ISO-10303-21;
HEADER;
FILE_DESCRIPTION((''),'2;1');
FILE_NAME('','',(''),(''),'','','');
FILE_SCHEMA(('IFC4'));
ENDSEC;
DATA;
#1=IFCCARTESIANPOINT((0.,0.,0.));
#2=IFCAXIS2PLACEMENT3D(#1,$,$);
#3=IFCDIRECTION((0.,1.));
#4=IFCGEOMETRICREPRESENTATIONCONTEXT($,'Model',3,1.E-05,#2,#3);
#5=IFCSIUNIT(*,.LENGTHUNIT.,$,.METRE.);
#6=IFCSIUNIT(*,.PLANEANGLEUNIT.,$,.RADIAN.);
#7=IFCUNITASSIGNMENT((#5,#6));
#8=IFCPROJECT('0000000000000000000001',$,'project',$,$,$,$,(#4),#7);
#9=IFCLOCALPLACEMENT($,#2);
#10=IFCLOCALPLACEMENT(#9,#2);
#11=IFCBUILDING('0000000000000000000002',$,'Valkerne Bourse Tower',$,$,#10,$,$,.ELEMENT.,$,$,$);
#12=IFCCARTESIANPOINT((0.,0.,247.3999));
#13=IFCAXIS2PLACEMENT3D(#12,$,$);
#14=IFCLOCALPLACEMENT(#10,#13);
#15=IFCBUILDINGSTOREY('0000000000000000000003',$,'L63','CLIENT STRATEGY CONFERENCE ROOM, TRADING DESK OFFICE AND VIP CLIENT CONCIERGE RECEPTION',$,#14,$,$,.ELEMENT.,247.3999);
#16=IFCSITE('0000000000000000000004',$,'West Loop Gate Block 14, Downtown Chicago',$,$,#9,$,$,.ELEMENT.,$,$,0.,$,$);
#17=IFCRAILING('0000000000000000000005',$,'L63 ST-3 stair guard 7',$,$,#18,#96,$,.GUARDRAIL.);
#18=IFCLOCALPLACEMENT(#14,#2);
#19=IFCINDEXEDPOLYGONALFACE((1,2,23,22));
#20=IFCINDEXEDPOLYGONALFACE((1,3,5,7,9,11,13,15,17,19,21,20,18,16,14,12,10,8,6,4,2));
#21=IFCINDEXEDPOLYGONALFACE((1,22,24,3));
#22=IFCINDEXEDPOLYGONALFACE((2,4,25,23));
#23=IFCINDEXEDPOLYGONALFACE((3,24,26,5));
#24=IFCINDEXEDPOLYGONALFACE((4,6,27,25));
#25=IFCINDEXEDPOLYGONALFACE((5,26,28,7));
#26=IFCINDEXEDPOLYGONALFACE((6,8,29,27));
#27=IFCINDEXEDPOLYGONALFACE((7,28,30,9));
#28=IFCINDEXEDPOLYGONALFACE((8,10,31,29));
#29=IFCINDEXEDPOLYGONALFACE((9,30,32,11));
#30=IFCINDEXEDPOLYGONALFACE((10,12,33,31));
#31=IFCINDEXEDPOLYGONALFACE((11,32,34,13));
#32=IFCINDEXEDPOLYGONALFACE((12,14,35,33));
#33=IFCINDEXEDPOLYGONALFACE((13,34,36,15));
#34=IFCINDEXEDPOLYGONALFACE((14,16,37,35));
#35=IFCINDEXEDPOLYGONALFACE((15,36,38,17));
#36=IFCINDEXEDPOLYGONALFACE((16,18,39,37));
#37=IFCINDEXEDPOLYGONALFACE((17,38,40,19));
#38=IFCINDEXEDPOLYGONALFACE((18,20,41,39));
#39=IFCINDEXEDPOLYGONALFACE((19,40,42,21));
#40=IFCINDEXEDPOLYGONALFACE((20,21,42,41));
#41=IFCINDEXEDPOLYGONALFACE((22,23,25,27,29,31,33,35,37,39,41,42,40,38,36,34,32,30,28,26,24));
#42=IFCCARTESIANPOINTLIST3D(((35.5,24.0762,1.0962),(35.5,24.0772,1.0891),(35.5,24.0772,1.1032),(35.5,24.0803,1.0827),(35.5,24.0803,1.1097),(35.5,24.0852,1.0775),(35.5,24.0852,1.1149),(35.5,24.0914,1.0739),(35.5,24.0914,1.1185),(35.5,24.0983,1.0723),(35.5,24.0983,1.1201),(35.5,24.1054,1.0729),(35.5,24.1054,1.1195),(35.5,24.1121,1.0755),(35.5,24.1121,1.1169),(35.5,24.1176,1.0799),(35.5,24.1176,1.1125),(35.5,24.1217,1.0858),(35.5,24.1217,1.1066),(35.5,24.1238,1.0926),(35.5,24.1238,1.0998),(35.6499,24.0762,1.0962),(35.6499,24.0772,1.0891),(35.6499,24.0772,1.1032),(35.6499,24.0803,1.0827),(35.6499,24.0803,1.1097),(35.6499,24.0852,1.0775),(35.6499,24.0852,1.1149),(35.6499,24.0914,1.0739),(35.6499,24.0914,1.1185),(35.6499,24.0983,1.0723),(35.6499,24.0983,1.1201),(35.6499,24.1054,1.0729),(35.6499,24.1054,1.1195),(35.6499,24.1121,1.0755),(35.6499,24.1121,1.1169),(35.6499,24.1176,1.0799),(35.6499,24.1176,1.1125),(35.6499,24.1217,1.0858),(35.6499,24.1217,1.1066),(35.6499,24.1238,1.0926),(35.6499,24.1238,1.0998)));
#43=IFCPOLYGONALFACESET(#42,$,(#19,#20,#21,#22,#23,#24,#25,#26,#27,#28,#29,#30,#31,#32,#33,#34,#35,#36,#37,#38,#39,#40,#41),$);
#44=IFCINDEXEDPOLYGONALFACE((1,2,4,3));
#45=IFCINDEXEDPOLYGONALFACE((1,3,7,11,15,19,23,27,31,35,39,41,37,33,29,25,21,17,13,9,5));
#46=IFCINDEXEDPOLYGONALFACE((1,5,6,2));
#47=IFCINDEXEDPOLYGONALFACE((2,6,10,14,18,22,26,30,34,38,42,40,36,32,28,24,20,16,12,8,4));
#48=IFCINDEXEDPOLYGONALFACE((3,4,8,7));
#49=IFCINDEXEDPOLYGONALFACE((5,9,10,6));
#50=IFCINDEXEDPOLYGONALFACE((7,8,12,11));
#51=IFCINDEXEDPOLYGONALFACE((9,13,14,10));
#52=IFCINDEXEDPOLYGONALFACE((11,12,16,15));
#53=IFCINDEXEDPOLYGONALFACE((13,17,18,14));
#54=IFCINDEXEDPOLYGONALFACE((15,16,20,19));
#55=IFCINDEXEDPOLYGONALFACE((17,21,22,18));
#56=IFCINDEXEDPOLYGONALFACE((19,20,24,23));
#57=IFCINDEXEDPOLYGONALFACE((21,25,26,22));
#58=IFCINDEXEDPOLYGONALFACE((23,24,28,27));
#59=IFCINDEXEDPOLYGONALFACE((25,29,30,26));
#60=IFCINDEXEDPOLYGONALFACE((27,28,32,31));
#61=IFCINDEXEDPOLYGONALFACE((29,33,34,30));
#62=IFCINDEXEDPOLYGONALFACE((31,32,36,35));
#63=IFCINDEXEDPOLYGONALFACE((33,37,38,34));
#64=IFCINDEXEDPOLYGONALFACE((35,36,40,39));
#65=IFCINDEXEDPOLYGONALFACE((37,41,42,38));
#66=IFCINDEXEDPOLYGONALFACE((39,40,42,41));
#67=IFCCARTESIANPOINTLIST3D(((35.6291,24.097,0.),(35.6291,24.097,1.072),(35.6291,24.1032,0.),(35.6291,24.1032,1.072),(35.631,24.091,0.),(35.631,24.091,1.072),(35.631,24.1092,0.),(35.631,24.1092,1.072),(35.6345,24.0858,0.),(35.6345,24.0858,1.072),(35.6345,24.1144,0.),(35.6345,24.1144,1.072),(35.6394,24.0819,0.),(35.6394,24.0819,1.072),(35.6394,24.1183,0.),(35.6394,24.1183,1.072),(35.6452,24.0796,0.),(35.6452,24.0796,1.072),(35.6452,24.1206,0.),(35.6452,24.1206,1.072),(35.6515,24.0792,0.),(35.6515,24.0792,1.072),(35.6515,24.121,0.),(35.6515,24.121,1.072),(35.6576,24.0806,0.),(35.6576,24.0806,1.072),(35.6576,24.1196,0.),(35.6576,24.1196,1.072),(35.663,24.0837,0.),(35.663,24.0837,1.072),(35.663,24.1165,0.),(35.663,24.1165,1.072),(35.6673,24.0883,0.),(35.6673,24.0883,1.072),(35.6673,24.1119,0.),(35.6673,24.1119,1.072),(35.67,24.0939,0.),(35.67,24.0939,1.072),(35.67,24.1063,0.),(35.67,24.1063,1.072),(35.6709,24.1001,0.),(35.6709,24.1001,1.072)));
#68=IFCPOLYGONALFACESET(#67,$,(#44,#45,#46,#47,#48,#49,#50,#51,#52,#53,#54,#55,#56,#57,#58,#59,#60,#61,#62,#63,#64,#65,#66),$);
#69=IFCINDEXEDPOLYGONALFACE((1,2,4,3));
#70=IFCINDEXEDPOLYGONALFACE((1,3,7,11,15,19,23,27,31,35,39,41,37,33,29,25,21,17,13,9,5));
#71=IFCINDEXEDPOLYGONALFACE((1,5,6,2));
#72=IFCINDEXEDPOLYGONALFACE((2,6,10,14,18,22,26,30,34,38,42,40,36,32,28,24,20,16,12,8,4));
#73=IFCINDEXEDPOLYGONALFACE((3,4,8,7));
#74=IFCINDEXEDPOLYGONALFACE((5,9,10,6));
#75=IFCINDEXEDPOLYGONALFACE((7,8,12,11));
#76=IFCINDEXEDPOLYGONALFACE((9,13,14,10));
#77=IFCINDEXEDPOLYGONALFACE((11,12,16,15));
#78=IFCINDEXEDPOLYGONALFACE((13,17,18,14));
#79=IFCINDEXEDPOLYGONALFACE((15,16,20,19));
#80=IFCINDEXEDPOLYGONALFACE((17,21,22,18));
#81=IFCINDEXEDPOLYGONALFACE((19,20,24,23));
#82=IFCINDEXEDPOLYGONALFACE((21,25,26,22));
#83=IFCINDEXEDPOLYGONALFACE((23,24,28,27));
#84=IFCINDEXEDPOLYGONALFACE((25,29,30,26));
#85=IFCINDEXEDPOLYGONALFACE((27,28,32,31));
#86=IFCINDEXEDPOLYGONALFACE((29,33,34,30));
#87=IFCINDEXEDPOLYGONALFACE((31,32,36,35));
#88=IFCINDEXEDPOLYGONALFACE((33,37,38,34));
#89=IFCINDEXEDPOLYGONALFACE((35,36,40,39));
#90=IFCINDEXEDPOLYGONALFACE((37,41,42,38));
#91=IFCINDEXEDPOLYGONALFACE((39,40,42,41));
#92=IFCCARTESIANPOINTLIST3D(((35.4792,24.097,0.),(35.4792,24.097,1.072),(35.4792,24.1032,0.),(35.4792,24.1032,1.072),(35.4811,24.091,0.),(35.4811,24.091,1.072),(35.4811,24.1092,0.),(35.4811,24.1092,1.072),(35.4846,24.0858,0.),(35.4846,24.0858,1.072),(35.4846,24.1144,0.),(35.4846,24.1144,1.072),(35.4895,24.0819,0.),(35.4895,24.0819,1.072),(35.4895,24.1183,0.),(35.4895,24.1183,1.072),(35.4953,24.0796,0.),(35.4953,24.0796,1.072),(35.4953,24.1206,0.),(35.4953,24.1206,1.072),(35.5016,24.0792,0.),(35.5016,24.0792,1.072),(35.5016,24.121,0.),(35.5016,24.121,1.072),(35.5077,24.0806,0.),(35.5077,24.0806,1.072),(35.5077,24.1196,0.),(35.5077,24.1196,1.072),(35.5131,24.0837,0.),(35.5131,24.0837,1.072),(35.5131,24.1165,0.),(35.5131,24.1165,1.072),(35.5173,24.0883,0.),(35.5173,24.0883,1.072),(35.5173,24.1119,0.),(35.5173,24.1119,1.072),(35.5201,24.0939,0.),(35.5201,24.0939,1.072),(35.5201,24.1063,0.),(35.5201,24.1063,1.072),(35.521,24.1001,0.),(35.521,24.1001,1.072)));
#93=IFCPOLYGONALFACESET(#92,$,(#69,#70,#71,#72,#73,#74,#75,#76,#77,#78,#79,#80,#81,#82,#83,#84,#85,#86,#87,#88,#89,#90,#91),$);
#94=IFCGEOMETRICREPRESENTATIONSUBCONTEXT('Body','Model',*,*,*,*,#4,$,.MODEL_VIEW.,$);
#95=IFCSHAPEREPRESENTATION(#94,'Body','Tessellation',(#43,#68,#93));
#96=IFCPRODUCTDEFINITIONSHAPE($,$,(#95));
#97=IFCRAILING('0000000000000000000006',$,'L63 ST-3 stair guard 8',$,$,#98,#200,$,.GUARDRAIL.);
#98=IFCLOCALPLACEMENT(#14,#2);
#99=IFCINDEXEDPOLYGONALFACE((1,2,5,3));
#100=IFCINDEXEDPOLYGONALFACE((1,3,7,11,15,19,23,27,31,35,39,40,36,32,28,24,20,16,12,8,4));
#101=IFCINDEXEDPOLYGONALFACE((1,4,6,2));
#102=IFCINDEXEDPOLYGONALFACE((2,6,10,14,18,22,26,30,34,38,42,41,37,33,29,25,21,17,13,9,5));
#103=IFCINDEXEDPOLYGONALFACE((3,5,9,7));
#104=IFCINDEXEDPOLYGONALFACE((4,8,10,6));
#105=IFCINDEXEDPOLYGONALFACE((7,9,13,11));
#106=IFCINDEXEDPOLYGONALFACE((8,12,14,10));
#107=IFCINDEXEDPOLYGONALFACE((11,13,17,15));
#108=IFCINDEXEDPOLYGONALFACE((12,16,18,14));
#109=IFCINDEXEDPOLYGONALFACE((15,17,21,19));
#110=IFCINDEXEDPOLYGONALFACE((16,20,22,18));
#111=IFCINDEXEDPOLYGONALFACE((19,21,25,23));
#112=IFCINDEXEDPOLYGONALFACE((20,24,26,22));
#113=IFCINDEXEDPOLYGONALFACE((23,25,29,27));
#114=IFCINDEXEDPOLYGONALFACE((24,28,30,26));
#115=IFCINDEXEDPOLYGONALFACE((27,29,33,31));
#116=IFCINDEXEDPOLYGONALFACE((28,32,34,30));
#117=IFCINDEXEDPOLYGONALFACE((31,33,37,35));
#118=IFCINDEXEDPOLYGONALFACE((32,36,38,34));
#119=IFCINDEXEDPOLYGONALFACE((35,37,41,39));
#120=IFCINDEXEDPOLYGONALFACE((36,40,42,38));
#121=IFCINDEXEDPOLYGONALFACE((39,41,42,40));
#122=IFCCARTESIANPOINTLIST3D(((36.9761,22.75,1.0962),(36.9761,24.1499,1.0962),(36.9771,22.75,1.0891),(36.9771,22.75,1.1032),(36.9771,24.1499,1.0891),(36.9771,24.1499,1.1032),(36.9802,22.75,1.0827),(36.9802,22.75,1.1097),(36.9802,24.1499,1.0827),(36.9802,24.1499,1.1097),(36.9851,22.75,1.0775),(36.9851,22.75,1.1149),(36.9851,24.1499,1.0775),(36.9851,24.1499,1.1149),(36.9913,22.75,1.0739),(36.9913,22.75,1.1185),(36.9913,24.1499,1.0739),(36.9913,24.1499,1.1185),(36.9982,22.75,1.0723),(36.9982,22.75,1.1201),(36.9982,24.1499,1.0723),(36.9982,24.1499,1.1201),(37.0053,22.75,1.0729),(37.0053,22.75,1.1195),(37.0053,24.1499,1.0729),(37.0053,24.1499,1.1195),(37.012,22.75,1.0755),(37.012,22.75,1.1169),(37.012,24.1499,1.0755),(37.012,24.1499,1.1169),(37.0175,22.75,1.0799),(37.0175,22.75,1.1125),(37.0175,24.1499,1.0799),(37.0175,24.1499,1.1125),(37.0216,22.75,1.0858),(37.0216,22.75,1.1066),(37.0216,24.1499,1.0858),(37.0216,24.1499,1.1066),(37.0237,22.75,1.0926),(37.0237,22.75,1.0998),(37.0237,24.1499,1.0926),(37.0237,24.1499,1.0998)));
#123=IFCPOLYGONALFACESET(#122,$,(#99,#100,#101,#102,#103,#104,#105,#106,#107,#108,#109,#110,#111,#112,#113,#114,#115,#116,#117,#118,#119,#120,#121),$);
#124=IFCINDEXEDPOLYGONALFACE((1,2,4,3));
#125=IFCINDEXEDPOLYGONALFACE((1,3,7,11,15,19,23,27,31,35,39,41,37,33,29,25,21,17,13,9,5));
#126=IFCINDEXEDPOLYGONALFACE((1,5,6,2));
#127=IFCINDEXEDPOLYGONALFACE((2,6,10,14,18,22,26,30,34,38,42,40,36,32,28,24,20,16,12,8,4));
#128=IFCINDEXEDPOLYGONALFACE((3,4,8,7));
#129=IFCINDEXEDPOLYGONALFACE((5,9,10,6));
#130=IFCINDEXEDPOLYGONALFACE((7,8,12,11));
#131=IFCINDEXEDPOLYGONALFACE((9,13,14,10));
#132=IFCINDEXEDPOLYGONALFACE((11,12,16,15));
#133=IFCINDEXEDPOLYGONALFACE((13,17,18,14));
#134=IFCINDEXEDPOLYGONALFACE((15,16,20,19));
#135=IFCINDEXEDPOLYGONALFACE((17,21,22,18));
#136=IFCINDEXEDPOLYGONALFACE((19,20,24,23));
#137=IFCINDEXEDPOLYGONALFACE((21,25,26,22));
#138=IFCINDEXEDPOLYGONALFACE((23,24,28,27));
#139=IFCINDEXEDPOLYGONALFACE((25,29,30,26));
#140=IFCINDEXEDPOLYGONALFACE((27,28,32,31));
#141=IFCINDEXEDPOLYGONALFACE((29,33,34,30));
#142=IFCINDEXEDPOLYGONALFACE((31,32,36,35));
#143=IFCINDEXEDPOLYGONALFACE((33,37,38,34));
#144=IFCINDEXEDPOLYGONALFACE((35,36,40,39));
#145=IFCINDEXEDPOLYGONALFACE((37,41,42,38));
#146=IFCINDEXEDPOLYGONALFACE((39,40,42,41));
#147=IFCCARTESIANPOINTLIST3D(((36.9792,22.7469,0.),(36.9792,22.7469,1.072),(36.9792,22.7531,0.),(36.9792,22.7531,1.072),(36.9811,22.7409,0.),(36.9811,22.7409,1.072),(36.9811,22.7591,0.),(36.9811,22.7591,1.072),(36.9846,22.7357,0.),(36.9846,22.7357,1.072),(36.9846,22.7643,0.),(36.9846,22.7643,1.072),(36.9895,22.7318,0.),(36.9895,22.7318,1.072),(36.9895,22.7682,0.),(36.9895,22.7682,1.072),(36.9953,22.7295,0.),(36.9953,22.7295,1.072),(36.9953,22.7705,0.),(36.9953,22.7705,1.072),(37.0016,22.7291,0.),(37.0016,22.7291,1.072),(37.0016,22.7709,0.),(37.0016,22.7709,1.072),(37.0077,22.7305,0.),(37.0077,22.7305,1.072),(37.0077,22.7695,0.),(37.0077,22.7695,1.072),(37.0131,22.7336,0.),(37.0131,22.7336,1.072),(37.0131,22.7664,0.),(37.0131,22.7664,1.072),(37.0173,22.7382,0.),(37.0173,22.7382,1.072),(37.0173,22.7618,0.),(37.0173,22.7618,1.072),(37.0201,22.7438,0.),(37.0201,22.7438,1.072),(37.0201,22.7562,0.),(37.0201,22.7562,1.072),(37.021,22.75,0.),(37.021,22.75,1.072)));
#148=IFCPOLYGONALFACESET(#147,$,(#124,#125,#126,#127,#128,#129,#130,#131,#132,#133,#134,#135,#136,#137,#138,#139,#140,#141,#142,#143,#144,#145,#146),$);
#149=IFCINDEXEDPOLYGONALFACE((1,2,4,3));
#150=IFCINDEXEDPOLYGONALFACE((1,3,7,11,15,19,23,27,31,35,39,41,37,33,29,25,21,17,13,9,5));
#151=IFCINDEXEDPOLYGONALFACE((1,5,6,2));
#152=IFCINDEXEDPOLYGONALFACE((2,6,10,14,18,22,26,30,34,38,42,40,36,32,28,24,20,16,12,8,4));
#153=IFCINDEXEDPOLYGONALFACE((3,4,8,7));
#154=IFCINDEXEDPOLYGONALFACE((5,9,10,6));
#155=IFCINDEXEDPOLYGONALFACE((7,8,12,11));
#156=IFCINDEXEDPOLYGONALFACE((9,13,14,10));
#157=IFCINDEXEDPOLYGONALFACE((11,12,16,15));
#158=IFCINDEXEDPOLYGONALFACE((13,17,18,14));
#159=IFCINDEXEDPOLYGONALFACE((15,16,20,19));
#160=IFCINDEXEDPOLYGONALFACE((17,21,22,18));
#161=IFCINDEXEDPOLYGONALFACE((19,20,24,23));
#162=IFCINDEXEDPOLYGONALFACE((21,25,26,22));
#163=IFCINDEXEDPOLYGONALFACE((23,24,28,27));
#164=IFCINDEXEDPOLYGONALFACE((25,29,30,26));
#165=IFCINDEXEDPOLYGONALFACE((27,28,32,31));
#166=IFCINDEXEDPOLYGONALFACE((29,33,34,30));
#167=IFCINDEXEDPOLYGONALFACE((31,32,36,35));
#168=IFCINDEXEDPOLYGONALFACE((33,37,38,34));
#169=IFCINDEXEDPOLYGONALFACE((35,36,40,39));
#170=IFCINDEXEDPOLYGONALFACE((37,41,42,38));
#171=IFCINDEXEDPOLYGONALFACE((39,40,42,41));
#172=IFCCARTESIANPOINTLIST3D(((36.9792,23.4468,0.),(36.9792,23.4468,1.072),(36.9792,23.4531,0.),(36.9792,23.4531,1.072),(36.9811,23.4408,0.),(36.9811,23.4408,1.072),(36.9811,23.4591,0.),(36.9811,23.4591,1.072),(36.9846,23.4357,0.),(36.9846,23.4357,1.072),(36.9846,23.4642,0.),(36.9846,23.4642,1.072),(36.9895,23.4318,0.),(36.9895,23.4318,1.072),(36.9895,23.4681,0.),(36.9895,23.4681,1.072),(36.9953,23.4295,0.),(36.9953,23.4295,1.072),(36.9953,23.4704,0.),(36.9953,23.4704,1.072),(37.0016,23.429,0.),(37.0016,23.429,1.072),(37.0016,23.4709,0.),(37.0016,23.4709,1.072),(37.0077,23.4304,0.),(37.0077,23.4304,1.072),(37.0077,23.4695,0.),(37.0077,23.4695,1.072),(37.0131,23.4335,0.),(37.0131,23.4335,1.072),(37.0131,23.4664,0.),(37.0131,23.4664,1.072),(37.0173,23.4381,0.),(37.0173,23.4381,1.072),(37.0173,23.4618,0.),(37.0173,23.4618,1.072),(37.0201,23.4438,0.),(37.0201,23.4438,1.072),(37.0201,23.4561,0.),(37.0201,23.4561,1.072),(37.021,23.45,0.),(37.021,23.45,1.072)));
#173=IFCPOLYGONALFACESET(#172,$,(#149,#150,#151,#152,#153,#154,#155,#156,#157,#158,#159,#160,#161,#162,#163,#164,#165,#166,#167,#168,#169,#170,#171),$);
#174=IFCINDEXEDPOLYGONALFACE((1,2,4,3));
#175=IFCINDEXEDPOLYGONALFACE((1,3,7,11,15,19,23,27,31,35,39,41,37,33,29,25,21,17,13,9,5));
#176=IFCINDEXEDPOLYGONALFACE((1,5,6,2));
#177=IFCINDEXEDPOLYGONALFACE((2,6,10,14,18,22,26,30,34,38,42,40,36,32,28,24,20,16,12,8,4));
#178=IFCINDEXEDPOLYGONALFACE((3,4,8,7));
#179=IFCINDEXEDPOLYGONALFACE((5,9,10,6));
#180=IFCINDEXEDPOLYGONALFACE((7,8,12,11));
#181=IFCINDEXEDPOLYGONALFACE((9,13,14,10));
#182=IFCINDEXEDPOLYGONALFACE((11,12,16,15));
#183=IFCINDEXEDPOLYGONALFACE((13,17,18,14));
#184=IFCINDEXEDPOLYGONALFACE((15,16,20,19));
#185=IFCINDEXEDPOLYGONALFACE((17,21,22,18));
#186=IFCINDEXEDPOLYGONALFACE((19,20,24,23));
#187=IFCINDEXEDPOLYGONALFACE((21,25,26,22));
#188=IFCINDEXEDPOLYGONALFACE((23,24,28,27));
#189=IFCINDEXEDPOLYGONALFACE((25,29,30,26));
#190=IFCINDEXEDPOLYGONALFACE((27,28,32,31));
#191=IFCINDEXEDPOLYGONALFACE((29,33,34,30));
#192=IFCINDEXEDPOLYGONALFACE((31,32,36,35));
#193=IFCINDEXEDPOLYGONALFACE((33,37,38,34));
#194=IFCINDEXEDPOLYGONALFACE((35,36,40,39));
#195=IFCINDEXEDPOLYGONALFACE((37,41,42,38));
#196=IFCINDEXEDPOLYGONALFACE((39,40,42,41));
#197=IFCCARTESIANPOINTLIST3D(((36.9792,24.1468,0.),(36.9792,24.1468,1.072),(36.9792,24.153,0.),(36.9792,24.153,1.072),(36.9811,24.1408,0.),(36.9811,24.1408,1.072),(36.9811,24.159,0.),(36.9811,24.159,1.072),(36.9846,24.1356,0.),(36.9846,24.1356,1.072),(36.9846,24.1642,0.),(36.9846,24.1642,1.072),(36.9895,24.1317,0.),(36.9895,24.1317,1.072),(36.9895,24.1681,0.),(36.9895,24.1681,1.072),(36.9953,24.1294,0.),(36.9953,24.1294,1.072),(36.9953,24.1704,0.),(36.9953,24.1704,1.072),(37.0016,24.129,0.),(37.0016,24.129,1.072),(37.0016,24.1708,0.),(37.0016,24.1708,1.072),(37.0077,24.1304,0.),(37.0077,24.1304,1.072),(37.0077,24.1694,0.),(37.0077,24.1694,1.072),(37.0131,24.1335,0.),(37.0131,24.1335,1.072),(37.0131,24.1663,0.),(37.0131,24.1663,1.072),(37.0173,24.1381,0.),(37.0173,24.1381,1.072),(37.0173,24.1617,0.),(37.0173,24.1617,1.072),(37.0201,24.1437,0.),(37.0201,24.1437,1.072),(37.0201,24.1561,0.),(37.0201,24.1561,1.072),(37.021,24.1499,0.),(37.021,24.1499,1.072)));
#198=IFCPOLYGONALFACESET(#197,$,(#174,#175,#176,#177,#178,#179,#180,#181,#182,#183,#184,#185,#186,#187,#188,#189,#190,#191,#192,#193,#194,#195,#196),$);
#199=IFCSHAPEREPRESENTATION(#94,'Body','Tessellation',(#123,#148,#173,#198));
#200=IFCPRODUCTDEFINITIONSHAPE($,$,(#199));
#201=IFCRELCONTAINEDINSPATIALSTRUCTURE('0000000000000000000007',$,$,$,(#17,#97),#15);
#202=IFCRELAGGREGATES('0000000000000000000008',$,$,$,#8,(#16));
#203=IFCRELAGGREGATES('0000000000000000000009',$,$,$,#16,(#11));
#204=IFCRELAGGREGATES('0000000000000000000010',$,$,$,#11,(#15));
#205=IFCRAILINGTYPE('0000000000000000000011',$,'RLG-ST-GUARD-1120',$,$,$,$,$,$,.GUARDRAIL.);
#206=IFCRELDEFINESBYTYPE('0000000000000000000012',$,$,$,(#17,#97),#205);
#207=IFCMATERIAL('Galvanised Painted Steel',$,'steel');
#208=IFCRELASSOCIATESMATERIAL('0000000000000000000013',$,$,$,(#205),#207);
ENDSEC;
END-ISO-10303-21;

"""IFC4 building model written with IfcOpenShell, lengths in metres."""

from ifc_helpers import new_model, si_unit, direction, frame, origin, origin_2d, place, context, subcontext, project, spatial, circle, extrude, material, type_object, element, save


model = new_model("IFC4")

# Units and contexts
model_context = context("Model", 3, precision=1e-05, world=origin(), true_north=direction((0.0, 1.0)))
body_context = subcontext(model_context, "Body", "Model", "MODEL_VIEW")
ifc_project = project(units=[si_unit("LENGTHUNIT", "METRE"), si_unit("PLANEANGLEUNIT", "RADIAN")], contexts=[model_context])

# Site, building, storey
site_placement = place(None, origin())
site = spatial("IfcSite", under=ifc_project, at=site_placement, Name="West Loop Gate Block 14, Downtown Chicago", CompositionType="ELEMENT", RefElevation=0.0)
building_placement = place(site_placement, origin())
building = spatial("IfcBuilding", under=site, at=building_placement, Name="Valkerne Bourse Tower", CompositionType="ELEMENT")
storey_placement = place(building_placement, frame((0.0, 0.0, 247.3999)))
storey = spatial("IfcBuildingStorey", under=building, at=storey_placement, Name="L63", Description="CLIENT STRATEGY CONFERENCE ROOM, TRADING DESK OFFICE AND VIP CLIENT CONCIERGE RECEPTION", CompositionType="ELEMENT", Elevation=247.3999)

# Railings
ifc_material_1 = material(Name="Galvanised Painted Steel", Category="steel")
railing_type_1 = type_object("IfcRailingType", Name="RLG-ST-GUARD-1120", PredefinedType="GUARDRAIL", material=ifc_material_1)
railing_1_placement = place(storey_placement, frame((35.6499, 24.1001, 0.0)))
element("IfcRailing", 1, at=railing_1_placement, inside=storey, type_object=railing_type_1, Name="L63 ST-3 stair guard 7", PredefinedType="GUARDRAIL", context=body_context, shape_type="SweptSolid", body=[
    extrude(circle(Radius=0.0239, at=origin_2d()), frame((0.0, 0.0, 1.0962), z_axis=(-1.0, 0.0, 0.0), x_axis=(0.0, -1.0, 0.0)), (0.0, 0.0, 1.0), 0.1499),
    extrude(circle(Radius=0.021, at=origin_2d()), origin(), (0.0, 0.0, 1.0), 1.072),
    extrude(circle(Radius=0.021, at=origin_2d()), frame((-0.1499, 0.0, 0.0)), (0.0, 0.0, 1.0), 1.072),
])
railing_2_placement = place(storey_placement, frame((37.0, 22.75, 0.0)))
element("IfcRailing", 2, at=railing_2_placement, inside=storey, type_object=railing_type_1, Name="L63 ST-3 stair guard 8", PredefinedType="GUARDRAIL", context=body_context, shape_type="SweptSolid", body=[
    extrude(circle(Radius=0.0239, at=origin_2d()), frame((0.0, 0.0, 1.0962), z_axis=(0.0, 1.0, 0.0), x_axis=(-1.0, 0.0, 0.0)), (0.0, 0.0, 1.0), 1.3999),
    extrude(circle(Radius=0.021, at=origin_2d()), origin(), (0.0, 0.0, 1.0), 1.072),
    extrude(circle(Radius=0.021, at=origin_2d()), frame((0.0, 0.7, 0.0)), (0.0, 0.0, 1.0), 1.072),
    extrude(circle(Radius=0.021, at=origin_2d()), frame((0.0, 1.3999, 0.0)), (0.0, 0.0, 1.0), 1.072),
])

save(model, "model.ifc")
